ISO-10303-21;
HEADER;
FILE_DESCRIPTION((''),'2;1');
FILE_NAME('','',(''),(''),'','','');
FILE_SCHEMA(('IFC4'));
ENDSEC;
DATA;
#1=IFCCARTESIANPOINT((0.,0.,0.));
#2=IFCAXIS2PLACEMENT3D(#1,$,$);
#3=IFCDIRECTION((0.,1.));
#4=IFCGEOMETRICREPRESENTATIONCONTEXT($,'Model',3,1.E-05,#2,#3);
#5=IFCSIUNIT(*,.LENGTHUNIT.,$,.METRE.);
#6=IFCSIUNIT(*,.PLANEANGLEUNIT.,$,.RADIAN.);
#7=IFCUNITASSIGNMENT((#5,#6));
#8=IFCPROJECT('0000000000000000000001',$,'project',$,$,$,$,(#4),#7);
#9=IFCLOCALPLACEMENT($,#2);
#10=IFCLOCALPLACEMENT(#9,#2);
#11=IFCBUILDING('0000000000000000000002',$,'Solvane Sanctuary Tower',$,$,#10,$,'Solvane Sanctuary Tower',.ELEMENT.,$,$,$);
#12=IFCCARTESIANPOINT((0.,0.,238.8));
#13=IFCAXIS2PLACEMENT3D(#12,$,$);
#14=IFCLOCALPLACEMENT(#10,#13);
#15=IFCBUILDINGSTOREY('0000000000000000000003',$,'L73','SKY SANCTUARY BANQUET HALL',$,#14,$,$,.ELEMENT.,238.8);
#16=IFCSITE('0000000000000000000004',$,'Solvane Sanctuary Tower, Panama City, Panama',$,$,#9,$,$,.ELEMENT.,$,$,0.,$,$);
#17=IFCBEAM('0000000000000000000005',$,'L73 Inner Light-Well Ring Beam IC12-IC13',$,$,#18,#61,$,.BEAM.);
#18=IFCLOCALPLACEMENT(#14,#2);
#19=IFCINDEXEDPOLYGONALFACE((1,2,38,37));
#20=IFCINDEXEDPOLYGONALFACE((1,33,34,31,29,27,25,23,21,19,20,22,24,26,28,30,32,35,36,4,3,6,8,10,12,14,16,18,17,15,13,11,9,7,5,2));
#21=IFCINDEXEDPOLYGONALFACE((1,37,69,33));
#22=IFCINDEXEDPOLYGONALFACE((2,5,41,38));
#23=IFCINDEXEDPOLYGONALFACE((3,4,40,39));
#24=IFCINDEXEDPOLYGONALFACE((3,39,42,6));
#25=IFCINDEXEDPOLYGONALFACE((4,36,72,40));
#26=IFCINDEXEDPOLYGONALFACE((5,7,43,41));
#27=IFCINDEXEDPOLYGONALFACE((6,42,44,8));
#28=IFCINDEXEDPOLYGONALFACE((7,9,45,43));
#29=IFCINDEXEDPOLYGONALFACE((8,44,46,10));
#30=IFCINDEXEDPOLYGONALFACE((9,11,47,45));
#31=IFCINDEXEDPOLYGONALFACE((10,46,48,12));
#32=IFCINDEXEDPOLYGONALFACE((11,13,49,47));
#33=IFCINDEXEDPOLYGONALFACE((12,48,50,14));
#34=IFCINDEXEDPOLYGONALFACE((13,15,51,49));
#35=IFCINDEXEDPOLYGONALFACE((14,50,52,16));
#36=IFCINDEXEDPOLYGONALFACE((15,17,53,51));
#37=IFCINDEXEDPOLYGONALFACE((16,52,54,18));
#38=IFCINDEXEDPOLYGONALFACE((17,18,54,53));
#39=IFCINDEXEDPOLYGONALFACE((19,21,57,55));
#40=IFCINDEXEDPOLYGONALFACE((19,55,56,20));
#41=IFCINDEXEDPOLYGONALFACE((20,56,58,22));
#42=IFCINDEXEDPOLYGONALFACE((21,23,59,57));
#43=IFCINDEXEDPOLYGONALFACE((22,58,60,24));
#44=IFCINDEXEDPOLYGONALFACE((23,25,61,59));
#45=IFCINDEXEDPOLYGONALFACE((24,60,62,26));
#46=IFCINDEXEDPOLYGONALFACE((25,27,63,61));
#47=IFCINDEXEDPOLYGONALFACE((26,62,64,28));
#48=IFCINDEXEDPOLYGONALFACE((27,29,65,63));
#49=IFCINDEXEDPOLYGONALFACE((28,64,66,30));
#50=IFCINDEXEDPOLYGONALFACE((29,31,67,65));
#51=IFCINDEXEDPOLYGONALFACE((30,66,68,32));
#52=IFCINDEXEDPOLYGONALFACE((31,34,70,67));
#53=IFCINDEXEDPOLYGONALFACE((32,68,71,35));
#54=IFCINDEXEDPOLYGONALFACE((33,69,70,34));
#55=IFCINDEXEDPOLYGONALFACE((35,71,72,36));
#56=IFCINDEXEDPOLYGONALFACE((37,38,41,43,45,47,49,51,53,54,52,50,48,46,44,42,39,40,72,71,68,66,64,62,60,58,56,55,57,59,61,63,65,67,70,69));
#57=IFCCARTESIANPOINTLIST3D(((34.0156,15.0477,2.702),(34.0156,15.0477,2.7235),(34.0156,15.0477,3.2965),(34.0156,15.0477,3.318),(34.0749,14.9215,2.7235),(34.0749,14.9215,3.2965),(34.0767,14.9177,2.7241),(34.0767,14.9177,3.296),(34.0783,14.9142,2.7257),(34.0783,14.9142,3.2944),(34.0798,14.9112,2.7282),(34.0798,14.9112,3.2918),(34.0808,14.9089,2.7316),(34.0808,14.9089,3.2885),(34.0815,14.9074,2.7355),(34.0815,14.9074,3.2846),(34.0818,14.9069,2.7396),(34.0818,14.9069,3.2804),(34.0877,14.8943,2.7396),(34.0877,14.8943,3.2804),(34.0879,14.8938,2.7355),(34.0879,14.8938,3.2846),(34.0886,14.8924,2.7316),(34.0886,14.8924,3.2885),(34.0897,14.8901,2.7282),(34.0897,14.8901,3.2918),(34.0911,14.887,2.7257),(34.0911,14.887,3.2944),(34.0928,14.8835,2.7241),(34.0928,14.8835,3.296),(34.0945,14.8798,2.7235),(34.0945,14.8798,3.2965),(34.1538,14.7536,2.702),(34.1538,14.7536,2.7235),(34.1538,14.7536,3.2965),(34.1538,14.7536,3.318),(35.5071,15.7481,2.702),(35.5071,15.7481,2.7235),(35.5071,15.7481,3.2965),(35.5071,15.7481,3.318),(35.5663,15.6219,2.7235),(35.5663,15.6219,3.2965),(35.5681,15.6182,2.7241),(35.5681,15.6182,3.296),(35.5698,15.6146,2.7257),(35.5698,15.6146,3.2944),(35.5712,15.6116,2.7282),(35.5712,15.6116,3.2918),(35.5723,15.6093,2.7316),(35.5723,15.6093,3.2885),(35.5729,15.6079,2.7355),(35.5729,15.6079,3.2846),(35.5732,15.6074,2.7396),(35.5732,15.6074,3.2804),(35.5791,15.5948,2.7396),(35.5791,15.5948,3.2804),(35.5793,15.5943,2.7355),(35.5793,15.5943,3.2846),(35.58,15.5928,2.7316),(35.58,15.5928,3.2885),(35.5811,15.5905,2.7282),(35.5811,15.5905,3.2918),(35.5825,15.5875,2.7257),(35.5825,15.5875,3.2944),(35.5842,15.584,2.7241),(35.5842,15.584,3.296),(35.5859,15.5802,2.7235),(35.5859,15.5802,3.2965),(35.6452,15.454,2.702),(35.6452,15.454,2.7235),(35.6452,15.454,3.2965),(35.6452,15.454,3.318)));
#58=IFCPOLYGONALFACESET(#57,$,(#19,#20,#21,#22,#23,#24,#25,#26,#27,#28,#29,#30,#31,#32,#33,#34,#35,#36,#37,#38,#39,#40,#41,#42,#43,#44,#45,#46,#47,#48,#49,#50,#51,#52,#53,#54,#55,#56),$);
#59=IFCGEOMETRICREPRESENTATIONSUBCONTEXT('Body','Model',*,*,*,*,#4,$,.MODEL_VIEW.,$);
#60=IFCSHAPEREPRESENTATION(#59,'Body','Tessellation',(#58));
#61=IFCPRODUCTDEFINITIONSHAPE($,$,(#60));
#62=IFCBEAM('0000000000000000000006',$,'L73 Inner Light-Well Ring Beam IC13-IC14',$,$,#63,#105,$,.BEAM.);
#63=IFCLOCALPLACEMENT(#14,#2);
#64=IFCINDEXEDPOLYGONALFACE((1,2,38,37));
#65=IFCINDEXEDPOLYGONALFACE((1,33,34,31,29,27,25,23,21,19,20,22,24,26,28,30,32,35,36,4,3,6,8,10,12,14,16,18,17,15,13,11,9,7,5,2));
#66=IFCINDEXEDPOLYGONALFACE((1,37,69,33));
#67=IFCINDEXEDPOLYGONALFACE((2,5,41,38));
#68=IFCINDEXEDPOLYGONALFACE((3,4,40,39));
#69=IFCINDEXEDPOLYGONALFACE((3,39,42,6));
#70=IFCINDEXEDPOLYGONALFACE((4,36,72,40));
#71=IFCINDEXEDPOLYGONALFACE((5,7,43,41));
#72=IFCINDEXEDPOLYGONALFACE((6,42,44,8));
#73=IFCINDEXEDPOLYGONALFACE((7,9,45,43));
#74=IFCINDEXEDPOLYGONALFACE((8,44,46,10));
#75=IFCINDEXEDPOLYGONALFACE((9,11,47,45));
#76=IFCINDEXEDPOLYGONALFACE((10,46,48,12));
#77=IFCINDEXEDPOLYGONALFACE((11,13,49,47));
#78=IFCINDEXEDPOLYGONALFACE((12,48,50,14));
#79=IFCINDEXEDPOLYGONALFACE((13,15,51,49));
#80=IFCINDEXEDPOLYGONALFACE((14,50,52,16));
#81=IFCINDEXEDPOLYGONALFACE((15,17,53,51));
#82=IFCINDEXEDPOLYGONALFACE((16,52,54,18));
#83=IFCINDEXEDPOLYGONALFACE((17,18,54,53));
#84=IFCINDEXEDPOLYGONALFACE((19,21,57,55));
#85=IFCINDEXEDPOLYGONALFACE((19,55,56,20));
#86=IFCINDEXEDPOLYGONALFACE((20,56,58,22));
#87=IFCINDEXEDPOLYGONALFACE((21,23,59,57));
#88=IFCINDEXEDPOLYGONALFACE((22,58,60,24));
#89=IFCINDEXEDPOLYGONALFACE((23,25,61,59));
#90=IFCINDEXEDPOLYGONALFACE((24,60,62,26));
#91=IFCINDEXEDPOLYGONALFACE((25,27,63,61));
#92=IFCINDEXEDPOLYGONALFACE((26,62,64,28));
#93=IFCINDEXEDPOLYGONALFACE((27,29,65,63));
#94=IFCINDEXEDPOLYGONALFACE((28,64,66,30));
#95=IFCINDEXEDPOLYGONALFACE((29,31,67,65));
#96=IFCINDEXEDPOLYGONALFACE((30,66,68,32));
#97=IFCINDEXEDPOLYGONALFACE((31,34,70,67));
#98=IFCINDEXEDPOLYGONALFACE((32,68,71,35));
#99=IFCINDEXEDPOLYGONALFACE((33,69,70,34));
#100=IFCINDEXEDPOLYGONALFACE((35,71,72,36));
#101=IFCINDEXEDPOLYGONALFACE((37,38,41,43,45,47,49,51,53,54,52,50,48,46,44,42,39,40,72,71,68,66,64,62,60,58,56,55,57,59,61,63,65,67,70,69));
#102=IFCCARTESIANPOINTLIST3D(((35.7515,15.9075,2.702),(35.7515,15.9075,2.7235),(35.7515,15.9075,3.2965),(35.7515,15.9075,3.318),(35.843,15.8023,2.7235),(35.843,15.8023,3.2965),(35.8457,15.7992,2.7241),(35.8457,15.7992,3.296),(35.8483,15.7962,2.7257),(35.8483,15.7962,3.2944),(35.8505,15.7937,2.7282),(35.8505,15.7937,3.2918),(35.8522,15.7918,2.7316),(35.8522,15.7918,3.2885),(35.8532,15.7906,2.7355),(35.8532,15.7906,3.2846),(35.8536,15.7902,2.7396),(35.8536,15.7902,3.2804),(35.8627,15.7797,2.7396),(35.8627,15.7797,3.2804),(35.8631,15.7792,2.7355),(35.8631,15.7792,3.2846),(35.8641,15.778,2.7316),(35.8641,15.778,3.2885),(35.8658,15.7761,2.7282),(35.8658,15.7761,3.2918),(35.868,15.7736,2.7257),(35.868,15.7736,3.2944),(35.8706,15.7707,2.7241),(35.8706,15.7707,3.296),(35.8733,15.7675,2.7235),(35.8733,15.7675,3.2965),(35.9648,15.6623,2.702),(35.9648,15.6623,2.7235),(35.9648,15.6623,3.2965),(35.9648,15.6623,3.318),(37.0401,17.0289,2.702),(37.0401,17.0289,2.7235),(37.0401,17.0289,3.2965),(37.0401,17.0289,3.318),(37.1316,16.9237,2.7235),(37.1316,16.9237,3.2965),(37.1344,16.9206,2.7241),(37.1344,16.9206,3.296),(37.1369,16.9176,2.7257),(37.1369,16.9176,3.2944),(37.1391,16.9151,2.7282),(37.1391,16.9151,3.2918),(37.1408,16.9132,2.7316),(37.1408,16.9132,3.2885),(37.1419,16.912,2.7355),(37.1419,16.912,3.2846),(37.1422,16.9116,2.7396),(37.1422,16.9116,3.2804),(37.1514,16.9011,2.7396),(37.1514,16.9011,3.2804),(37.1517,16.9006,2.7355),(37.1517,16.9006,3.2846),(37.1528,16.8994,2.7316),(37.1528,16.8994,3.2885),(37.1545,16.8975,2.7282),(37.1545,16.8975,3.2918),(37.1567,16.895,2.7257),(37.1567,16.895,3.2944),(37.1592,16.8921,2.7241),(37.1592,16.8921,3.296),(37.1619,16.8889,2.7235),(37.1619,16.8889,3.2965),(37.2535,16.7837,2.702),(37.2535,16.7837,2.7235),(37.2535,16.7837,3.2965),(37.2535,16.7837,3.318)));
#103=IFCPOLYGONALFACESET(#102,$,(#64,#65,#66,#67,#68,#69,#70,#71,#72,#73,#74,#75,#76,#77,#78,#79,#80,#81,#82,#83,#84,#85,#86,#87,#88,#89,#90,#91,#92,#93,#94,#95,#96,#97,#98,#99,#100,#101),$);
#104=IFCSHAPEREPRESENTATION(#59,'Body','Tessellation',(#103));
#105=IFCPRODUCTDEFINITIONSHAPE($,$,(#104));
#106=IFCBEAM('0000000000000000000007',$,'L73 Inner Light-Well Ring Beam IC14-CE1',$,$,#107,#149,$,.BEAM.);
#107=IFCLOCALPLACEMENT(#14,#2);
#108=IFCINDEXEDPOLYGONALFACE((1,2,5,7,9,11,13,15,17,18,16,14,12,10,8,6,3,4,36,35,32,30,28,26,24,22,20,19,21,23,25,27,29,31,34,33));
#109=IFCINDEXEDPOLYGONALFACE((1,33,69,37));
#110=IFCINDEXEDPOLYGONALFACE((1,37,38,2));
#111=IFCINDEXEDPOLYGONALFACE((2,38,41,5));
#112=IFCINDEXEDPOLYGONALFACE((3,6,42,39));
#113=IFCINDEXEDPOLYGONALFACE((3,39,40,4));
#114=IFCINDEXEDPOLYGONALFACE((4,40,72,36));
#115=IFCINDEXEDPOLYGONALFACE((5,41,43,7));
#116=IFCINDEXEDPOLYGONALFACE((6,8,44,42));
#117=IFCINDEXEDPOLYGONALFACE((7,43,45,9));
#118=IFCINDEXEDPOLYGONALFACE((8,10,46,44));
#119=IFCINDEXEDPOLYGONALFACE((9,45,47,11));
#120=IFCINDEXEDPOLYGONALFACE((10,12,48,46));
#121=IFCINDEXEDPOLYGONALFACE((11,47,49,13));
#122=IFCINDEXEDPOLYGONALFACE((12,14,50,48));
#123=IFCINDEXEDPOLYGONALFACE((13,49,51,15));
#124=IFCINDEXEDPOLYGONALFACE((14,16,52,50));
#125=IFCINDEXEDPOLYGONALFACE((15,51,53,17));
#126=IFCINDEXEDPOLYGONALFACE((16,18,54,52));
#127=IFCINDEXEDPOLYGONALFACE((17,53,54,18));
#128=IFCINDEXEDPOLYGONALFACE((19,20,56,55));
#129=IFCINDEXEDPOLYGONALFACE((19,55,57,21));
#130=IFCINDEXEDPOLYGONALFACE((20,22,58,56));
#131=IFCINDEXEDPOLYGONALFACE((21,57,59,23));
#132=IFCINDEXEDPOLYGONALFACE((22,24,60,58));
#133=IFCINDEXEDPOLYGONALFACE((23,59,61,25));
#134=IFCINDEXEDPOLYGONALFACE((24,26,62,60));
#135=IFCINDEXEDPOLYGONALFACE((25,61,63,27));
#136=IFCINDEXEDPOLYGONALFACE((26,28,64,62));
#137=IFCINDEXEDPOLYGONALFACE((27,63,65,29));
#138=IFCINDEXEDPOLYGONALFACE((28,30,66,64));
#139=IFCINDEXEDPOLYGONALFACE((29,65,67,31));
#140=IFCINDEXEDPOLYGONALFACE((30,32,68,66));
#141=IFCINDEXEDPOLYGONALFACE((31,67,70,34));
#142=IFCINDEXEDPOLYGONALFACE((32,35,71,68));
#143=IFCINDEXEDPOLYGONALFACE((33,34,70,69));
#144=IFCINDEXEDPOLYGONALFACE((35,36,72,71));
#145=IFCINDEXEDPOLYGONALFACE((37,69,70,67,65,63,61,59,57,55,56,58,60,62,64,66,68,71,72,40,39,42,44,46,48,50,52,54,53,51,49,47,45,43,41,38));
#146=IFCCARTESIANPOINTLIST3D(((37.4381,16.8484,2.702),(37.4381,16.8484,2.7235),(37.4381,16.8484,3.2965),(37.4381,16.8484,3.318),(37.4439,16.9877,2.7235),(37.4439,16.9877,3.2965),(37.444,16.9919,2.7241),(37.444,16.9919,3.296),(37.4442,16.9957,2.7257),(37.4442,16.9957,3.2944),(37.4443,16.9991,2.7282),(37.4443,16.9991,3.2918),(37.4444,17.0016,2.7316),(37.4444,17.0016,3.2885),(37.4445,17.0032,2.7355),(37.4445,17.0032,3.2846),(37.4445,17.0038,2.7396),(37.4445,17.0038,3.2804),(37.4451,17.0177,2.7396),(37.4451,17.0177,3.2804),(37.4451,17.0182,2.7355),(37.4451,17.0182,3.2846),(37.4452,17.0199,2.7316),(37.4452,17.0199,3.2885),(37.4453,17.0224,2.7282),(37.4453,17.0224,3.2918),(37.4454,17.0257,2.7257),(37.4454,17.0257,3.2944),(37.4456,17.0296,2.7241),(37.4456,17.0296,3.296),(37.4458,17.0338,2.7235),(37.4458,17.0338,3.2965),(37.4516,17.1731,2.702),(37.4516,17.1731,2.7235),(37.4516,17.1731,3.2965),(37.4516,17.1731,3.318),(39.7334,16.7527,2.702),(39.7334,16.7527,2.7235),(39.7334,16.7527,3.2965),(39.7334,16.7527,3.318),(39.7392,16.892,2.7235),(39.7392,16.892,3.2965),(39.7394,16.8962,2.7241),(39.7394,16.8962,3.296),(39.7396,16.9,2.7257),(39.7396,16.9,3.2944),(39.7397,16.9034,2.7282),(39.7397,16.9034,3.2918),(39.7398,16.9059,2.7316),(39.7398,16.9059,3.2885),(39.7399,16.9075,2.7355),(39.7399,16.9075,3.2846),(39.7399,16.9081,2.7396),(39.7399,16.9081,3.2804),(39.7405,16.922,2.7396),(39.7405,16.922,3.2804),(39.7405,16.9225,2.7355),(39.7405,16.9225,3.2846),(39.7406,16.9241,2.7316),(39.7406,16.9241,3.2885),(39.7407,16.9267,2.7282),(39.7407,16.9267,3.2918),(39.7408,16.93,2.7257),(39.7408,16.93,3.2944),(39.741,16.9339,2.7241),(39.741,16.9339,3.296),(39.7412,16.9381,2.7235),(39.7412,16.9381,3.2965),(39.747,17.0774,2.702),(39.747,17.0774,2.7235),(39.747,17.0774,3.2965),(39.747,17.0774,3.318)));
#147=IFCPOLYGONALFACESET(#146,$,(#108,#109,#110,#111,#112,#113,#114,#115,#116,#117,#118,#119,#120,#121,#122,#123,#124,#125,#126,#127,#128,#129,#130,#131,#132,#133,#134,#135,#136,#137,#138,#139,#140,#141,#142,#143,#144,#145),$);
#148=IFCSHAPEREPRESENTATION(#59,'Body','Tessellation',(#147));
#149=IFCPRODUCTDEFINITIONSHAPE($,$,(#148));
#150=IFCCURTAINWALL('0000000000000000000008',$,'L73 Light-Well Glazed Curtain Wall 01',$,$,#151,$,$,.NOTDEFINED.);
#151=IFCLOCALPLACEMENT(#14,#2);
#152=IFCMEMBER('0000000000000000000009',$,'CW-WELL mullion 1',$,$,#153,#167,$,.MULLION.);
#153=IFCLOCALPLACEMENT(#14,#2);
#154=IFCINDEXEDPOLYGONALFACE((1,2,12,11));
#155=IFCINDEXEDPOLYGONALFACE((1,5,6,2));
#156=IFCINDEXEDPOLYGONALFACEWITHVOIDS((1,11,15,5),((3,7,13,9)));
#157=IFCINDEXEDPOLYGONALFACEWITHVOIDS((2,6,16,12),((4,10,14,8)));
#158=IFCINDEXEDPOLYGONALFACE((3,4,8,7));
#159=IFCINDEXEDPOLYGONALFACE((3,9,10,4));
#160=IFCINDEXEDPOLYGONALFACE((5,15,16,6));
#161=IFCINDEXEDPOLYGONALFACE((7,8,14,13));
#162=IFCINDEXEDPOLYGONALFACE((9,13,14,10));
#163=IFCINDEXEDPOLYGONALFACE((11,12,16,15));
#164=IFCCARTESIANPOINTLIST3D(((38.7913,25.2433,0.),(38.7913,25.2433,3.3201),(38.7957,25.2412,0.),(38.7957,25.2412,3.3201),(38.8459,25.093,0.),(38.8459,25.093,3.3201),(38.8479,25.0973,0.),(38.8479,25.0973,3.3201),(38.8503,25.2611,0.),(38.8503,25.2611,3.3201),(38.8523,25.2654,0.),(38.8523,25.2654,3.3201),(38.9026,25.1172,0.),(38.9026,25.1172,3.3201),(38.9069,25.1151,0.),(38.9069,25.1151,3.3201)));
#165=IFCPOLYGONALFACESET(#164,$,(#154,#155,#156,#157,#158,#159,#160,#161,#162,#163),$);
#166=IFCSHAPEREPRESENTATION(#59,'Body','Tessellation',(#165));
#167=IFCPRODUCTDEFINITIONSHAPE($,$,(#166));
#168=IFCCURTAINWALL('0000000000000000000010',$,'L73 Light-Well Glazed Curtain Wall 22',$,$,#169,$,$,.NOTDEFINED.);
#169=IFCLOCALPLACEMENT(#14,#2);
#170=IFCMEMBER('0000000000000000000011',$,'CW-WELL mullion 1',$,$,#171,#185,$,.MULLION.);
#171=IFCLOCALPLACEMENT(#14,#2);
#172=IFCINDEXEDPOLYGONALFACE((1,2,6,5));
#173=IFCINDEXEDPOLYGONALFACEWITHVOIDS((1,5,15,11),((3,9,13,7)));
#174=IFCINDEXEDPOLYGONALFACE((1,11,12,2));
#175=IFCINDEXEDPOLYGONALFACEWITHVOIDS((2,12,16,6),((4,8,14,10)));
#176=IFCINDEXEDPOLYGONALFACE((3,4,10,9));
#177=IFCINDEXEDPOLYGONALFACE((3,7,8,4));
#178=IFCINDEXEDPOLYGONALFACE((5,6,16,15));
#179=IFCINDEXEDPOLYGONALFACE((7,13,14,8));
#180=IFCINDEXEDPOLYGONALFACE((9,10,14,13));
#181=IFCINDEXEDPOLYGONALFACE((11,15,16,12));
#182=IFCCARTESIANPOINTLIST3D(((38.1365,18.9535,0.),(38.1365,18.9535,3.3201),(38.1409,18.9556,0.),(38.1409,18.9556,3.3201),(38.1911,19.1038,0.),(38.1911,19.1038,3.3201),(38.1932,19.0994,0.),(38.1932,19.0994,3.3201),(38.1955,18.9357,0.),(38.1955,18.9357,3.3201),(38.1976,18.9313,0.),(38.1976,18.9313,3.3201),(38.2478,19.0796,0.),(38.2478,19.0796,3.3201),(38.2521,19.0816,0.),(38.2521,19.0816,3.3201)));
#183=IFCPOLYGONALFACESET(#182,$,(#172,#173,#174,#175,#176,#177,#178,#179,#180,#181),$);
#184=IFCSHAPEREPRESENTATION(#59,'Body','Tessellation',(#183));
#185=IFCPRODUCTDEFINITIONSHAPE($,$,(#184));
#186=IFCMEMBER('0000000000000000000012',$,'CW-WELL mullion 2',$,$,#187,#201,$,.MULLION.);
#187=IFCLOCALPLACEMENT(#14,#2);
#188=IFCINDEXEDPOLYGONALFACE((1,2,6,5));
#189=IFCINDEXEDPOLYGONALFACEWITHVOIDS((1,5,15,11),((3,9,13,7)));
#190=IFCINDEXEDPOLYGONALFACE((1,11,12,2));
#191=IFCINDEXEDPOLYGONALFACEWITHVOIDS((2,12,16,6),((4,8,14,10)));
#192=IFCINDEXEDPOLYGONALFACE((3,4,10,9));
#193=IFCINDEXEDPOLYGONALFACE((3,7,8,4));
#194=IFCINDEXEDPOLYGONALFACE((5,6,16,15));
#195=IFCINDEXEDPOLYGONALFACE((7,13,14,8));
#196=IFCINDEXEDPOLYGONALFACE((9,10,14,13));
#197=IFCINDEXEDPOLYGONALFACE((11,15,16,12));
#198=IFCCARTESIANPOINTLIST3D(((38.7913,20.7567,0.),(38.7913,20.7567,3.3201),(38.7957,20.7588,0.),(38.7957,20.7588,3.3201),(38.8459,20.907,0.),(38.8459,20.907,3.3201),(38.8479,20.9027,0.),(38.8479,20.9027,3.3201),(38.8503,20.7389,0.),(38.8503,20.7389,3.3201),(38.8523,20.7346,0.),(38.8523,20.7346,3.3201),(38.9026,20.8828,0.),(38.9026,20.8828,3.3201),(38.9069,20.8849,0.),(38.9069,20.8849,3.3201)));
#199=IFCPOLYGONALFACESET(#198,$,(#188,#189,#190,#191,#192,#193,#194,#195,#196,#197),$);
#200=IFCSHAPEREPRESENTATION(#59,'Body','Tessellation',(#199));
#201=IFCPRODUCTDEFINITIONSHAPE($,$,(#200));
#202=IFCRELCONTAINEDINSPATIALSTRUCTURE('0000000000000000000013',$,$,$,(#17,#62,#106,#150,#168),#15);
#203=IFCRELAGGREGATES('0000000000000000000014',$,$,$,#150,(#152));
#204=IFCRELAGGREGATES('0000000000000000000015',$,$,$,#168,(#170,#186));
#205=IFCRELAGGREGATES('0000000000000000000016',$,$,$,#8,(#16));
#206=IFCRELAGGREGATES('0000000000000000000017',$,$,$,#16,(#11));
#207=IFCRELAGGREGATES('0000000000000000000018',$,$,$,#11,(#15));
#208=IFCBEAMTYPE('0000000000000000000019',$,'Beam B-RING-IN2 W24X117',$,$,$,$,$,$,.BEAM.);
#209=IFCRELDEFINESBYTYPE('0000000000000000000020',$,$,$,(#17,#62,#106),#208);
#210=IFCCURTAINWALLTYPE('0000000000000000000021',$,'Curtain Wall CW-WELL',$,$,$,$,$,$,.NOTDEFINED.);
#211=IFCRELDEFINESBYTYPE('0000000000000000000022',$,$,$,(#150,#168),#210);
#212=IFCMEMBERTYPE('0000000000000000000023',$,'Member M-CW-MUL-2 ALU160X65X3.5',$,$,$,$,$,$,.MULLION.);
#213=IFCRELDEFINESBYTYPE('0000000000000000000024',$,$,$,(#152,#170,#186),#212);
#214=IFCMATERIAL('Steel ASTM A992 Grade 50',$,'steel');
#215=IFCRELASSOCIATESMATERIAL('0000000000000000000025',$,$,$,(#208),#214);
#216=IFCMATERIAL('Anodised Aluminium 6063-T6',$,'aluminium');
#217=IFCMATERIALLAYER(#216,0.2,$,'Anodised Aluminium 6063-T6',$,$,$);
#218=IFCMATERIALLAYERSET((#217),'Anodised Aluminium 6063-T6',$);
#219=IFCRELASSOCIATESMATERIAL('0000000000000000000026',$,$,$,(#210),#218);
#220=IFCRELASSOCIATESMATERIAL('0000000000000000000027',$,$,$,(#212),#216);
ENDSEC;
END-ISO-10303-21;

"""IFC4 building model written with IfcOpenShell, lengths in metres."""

from ifc_helpers import new_model, si_unit, direction, frame, origin, origin_2d, place, context, subcontext, project, spatial, hollow_rectangle, i_section, extrude, material, layer, layer_set, material_profile, profile_set, type_object, element, aggregate, save


model = new_model("IFC4")

# Units and contexts
model_context = context("Model", 3, precision=1e-05, world=origin(), true_north=direction((0.0, 1.0)))
body_context = subcontext(model_context, "Body", "Model", "MODEL_VIEW")
ifc_project = project(units=[si_unit("LENGTHUNIT", "METRE"), si_unit("PLANEANGLEUNIT", "RADIAN")], contexts=[model_context])

# Site, building, storey
site_placement = place(None, origin())
site = spatial("IfcSite", under=ifc_project, at=site_placement, Name="Solvane Sanctuary Tower, Panama City, Panama", CompositionType="ELEMENT", RefElevation=0.0)
building_placement = place(site_placement, origin())
building = spatial("IfcBuilding", under=site, at=building_placement, Name="Solvane Sanctuary Tower", LongName="Solvane Sanctuary Tower", CompositionType="ELEMENT")
storey_placement = place(building_placement, frame((0.0, 0.0, 238.8)))
storey = spatial("IfcBuildingStorey", under=building, at=storey_placement, Name="L73", Description="SKY SANCTUARY BANQUET HALL", CompositionType="ELEMENT", Elevation=238.8)

# Beams
ifc_material_1 = material(Name="Steel ASTM A992 Grade 50", Category="steel")
ifc_material_profile_1 = material_profile(ifc_material_1, i_section(OverallWidth=0.325, OverallDepth=0.616, WebThickness=0.0139, FlangeThickness=0.0215, FilletRadius=0.0161, at=origin_2d()), Name="W24X117")
ifc_profile_set_1 = profile_set([ifc_material_profile_1], Name="Steel ASTM A992 Grade 50")
beam_type_1 = type_object("IfcBeamType", Name="Beam B-RING-IN2 W24X117", PredefinedType="BEAM", material=ifc_profile_set_1)
beam_1_placement = place(storey_placement, frame((34.0847, 14.9006, 3.01), z_axis=(0.905151, 0.42509, 0.0), x_axis=(-0.42509, 0.905151, 0.0)))
element("IfcBeam", 1, at=beam_1_placement, inside=storey, type_object=beam_type_1, Name="L73 Inner Light-Well Ring Beam IC12-IC13", PredefinedType="BEAM", context=body_context, shape_type="SweptSolid", body=[
    extrude(i_section(OverallWidth=0.325, OverallDepth=0.616, WebThickness=0.0139, FlangeThickness=0.0215, FilletRadius=0.0161, at=origin_2d()), origin(), (0.0, 0.0, 1.0), 1.6477),
])
beam_2_placement = place(storey_placement, frame((35.8582, 15.7849, 3.01), z_axis=(0.754362, 0.656458, 0.0), x_axis=(-0.656458, 0.754362, 0.0)))
element("IfcBeam", 2, at=beam_2_placement, inside=storey, type_object=beam_type_1, Name="L73 Inner Light-Well Ring Beam IC13-IC14", PredefinedType="BEAM", context=body_context, shape_type="SweptSolid", body=[
    extrude(i_section(OverallWidth=0.325, OverallDepth=0.616, WebThickness=0.0139, FlangeThickness=0.0215, FilletRadius=0.0161, at=origin_2d()), origin(), (0.0, 0.0, 1.0), 1.7083),
])
beam_3_placement = place(storey_placement, frame((37.4448, 17.0107, 3.01), z_axis=(0.999132, -0.041657, 0.0), x_axis=(0.041657, 0.999132, 0.0)))
element("IfcBeam", 3, at=beam_3_placement, inside=storey, type_object=beam_type_1, Name="L73 Inner Light-Well Ring Beam IC14-CE1", PredefinedType="BEAM", context=body_context, shape_type="SweptSolid", body=[
    extrude(i_section(OverallWidth=0.325, OverallDepth=0.616, WebThickness=0.0139, FlangeThickness=0.0215, FilletRadius=0.0161, at=origin_2d()), origin(), (0.0, 0.0, 1.0), 2.2974),
])

# Curtain wall, member
ifc_material_2 = material(Name="Anodised Aluminium 6063-T6", Category="aluminium")
ifc_layer_1 = layer(ifc_material_2, 0.2, Name="Anodised Aluminium 6063-T6")
ifc_layer_set_1 = layer_set([ifc_layer_1], Name="Anodised Aluminium 6063-T6")
curtain_wall_type = type_object("IfcCurtainWallType", Name="Curtain Wall CW-WELL", PredefinedType="NOTDEFINED", material=ifc_layer_set_1)
curtain_wall_1_placement = place(storey_placement, origin())
curtain_wall_1 = element("IfcCurtainWall", 4, at=curtain_wall_1_placement, inside=storey, type_object=curtain_wall_type, Name="L73 Light-Well Glazed Curtain Wall 01", PredefinedType="NOTDEFINED")
ifc_material_profile_2 = material_profile(ifc_material_2, hollow_rectangle(XDim=0.0649, YDim=0.1599, WallThickness=0.0034, at=origin_2d()), Name="ALU160X65X3.5")
ifc_profile_set_2 = profile_set([ifc_material_profile_2], Name="Anodised Aluminium 6063-T6")
member_type_1 = type_object("IfcMemberType", Name="Member M-CW-MUL-2 ALU160X65X3.5", PredefinedType="MULLION", material=ifc_profile_set_2)
member_1_placement = place(storey_placement, frame((38.8491, 25.1792, 0.0), z_axis=(0.0, 0.0, 1.0), x_axis=(-0.939933, -0.341358, 0.0)))
member_1 = element("IfcMember", 5, at=member_1_placement, type_object=member_type_1, Name="CW-WELL mullion 1", PredefinedType="MULLION", context=body_context, shape_type="SweptSolid", body=[
    extrude(hollow_rectangle(XDim=0.0649, YDim=0.1599, WallThickness=0.0034, at=origin_2d()), origin(), (0.0, 0.0, 1.0), 3.3201),
])

# Curtain wall, members
curtain_wall_2_placement = place(storey_placement, origin())
curtain_wall_2 = element("IfcCurtainWall", 6, at=curtain_wall_2_placement, inside=storey, type_object=curtain_wall_type, Name="L73 Light-Well Glazed Curtain Wall 22", PredefinedType="NOTDEFINED")
member_2_placement = place(storey_placement, frame((38.1943, 19.0176, 0.0), z_axis=(0.0, 0.0, 1.0), x_axis=(-0.939933, 0.341358, 0.0)))
member_2 = element("IfcMember", 7, at=member_2_placement, type_object=member_type_1, Name="CW-WELL mullion 1", PredefinedType="MULLION", context=body_context, shape_type="SweptSolid", body=[
    extrude(hollow_rectangle(XDim=0.0649, YDim=0.1599, WallThickness=0.0034, at=origin_2d()), origin(), (0.0, 0.0, 1.0), 3.3201),
])
member_3_placement = place(storey_placement, frame((38.8491, 20.8208, 0.0), z_axis=(0.0, 0.0, 1.0), x_axis=(-0.939933, 0.341358, 0.0)))
member_3 = element("IfcMember", 8, at=member_3_placement, type_object=member_type_1, Name="CW-WELL mullion 2", PredefinedType="MULLION", context=body_context, shape_type="SweptSolid", body=[
    extrude(hollow_rectangle(XDim=0.0649, YDim=0.1599, WallThickness=0.0034, at=origin_2d()), origin(), (0.0, 0.0, 1.0), 3.3201),
])

aggregate(curtain_wall_1, [member_1])

aggregate(curtain_wall_2, [member_2, member_3])

save(model, "model.ifc")
